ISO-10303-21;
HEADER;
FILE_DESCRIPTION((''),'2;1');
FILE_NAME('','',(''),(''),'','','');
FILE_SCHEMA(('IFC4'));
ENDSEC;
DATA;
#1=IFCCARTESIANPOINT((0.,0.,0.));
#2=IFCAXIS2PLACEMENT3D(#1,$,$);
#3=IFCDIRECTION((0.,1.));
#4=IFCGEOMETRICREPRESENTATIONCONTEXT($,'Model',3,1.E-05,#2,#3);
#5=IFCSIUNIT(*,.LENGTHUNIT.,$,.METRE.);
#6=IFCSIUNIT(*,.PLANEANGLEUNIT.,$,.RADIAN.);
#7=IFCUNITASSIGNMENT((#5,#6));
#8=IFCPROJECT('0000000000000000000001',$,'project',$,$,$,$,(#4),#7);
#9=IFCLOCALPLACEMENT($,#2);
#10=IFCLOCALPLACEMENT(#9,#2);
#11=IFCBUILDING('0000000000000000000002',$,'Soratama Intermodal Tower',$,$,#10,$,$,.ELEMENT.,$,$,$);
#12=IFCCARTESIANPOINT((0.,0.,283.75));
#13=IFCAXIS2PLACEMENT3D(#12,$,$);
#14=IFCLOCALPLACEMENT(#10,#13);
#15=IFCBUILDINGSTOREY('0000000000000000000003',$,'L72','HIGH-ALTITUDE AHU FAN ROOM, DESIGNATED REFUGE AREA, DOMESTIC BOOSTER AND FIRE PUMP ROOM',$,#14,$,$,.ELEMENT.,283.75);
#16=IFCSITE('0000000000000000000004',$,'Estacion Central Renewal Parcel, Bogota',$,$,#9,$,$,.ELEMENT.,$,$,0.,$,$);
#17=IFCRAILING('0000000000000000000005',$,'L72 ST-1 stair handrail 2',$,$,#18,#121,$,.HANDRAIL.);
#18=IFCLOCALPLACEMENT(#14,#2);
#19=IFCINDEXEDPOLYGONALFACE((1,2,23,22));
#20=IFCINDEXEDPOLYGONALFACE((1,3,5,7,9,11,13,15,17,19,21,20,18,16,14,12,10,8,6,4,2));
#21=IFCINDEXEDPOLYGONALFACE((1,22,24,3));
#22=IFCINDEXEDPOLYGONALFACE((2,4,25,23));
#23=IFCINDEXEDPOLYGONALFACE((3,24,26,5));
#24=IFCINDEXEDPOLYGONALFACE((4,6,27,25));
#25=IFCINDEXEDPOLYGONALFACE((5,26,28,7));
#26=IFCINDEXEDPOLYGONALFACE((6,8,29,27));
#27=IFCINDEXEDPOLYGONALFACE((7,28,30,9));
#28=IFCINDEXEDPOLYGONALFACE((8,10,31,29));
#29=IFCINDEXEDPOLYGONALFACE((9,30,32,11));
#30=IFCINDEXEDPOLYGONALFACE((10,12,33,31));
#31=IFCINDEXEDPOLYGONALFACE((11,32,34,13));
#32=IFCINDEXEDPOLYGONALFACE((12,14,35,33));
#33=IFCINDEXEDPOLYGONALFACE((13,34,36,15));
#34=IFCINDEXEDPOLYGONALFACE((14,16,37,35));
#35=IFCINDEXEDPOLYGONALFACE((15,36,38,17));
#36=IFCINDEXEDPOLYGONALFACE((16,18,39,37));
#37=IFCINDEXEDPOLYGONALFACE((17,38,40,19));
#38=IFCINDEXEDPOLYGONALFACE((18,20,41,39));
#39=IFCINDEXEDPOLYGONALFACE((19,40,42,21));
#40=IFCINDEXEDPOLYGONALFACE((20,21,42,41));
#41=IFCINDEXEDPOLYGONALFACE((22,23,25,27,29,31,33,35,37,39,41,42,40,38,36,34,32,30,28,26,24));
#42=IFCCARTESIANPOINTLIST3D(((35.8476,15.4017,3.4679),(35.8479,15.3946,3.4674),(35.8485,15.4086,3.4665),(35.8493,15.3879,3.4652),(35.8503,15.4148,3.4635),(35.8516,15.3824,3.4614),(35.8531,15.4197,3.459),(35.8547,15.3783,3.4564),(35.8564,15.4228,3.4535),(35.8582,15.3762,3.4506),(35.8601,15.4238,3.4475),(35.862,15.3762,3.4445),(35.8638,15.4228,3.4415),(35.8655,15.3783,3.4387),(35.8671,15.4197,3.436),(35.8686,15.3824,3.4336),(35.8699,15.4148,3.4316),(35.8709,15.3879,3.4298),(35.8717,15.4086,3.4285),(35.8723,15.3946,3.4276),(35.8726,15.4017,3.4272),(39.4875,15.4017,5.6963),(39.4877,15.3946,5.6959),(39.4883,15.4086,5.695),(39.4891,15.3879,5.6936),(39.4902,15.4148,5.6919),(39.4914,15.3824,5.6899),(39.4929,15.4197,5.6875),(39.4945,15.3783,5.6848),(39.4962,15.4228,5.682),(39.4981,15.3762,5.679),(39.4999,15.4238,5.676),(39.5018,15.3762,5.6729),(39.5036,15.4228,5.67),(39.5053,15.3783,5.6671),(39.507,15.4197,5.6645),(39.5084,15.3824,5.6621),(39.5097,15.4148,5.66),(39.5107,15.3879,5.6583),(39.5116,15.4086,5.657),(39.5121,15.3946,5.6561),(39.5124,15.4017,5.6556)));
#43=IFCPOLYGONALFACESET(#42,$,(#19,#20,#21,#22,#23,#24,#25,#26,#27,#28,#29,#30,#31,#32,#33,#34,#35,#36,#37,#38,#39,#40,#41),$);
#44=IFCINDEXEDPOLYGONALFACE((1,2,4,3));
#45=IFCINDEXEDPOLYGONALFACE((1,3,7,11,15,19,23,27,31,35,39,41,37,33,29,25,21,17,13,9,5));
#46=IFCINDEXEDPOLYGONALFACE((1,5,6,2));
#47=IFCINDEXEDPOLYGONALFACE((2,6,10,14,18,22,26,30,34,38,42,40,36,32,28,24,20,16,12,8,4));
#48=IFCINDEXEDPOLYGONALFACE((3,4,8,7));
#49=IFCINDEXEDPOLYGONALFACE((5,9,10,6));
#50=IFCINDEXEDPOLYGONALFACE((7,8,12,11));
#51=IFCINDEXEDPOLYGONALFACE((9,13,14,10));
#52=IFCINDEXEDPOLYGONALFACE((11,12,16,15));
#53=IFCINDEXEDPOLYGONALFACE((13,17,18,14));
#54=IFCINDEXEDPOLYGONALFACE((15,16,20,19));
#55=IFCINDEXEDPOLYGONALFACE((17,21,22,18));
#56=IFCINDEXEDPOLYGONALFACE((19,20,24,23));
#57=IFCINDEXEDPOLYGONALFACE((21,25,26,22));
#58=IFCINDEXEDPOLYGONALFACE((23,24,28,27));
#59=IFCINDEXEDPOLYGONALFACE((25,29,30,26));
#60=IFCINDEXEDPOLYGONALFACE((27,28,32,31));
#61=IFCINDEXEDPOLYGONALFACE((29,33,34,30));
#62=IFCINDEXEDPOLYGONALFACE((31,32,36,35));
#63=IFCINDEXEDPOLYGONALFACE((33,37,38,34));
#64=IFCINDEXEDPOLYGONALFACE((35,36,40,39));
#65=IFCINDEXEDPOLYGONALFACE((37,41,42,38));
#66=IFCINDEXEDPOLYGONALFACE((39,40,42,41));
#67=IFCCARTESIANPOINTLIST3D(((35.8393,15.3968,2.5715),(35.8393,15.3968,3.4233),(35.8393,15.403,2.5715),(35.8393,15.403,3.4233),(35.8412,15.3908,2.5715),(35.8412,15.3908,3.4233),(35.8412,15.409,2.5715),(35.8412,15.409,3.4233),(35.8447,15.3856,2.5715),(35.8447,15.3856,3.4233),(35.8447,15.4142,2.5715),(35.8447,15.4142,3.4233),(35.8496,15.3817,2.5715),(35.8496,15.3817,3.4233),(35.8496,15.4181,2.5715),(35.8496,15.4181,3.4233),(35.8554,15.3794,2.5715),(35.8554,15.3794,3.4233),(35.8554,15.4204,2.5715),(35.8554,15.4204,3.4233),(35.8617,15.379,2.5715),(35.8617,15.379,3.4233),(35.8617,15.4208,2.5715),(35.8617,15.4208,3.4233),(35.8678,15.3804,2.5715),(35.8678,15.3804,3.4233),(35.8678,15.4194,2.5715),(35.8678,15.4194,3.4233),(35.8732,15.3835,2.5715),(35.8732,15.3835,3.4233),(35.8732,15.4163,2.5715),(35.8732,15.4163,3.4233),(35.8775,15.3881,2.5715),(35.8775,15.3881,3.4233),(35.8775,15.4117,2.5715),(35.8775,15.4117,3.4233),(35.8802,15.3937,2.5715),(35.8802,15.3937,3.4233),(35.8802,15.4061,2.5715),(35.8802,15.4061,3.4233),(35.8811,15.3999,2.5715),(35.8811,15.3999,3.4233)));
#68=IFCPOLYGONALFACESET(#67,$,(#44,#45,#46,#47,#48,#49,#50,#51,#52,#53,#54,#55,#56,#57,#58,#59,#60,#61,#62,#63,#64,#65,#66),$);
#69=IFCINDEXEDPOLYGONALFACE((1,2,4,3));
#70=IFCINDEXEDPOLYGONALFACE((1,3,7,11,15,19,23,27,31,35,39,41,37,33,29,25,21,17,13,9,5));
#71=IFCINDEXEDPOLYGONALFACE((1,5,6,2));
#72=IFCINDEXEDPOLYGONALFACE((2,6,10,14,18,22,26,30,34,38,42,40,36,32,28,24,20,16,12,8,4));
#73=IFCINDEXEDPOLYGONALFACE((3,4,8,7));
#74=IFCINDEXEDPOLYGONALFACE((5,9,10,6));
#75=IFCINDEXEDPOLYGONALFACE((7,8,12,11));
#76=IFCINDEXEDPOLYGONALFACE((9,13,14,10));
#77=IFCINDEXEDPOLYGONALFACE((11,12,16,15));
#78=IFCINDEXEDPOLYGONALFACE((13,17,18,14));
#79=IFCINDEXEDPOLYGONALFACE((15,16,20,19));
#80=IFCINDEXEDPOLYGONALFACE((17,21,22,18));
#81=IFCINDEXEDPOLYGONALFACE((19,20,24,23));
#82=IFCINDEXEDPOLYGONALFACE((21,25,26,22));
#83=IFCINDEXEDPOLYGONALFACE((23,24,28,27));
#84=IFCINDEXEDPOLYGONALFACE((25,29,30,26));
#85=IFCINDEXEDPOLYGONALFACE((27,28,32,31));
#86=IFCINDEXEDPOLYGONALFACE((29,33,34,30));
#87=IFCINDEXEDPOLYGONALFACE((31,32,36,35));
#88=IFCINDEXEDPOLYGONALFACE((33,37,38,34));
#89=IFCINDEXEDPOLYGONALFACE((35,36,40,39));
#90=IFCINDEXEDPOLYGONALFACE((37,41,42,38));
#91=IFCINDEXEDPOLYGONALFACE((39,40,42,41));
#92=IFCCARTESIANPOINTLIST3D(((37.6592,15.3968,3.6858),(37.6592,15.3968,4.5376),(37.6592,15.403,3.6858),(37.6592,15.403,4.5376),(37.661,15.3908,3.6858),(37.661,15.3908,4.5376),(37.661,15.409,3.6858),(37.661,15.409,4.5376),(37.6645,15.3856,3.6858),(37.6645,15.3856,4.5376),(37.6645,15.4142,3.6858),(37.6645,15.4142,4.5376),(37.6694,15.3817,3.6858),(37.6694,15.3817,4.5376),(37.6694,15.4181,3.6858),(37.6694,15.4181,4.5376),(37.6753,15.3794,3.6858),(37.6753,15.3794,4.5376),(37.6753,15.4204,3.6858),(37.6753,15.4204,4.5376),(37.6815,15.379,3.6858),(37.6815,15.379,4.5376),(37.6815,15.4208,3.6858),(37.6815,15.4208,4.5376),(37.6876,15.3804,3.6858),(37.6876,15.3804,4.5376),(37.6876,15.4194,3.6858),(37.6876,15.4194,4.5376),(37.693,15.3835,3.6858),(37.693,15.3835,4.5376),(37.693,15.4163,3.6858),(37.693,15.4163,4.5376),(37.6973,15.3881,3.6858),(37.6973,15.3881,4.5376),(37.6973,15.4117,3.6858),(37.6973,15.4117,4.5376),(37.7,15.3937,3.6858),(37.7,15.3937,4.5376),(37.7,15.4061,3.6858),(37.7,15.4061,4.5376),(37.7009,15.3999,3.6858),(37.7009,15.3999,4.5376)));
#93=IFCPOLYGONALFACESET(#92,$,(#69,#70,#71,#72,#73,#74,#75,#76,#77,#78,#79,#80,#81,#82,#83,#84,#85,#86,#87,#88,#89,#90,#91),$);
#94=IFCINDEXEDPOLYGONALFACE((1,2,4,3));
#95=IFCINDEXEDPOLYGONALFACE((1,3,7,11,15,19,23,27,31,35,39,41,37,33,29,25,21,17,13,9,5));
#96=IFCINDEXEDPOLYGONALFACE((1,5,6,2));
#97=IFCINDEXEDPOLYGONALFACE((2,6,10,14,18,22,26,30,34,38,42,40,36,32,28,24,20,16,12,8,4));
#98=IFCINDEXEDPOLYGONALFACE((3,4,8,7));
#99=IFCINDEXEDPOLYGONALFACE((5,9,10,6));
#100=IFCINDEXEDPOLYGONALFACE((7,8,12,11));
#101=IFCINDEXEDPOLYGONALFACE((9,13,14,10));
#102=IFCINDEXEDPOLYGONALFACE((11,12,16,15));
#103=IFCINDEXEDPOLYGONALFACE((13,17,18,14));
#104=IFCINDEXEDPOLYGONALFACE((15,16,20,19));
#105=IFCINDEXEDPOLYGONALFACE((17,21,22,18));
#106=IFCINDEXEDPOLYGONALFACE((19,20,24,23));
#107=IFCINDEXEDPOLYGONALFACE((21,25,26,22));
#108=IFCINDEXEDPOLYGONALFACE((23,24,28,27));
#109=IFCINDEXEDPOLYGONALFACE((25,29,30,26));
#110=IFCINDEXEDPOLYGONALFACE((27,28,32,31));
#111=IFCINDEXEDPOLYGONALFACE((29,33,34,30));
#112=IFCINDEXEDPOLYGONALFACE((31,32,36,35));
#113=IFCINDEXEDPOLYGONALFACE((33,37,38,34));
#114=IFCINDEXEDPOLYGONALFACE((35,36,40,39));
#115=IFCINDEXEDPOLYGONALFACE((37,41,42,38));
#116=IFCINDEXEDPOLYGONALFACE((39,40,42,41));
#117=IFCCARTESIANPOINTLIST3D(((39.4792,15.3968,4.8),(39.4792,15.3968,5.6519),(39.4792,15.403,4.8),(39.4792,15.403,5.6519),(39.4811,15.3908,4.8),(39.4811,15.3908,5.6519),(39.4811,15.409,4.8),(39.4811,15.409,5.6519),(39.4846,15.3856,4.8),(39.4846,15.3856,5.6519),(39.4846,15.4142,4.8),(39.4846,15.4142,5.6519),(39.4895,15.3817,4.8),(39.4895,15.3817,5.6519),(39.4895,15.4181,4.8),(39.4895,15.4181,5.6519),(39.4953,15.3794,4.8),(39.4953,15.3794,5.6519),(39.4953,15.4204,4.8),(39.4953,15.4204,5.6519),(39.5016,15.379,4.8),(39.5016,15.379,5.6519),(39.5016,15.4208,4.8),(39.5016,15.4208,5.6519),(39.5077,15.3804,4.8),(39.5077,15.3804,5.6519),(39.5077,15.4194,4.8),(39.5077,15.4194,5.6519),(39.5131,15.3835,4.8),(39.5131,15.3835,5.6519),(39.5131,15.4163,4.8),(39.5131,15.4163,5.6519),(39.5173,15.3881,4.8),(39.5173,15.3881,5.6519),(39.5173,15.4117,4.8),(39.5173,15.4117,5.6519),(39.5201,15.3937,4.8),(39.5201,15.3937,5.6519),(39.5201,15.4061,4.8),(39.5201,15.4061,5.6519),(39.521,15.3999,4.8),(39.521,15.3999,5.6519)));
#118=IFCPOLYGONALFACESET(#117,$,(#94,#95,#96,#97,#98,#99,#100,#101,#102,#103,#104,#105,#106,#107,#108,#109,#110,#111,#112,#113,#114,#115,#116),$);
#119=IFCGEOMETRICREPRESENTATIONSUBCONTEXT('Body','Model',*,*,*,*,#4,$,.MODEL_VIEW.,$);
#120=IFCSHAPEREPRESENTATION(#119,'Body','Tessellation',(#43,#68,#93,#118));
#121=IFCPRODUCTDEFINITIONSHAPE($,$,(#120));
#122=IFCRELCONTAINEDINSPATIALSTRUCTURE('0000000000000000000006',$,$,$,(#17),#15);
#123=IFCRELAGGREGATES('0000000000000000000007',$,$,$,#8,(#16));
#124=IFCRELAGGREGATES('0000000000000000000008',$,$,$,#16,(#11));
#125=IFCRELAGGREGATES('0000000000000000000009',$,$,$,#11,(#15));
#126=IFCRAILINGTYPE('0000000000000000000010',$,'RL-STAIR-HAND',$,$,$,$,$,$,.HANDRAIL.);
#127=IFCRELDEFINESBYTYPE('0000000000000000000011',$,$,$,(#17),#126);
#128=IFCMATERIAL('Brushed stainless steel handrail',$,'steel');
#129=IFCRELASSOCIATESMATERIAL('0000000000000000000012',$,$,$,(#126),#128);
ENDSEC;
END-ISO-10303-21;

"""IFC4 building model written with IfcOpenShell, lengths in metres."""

from ifc_helpers import new_model, si_unit, direction, frame, origin, origin_2d, place, context, subcontext, project, spatial, circle, extrude, material, type_object, element, save


model = new_model("IFC4")

# Units and contexts
model_context = context("Model", 3, precision=1e-05, world=origin(), true_north=direction((0.0, 1.0)))
body_context = subcontext(model_context, "Body", "Model", "MODEL_VIEW")
ifc_project = project(units=[si_unit("LENGTHUNIT", "METRE"), si_unit("PLANEANGLEUNIT", "RADIAN")], contexts=[model_context])

# Site, building, storey
site_placement = place(None, origin())
site = spatial("IfcSite", under=ifc_project, at=site_placement, Name="Estacion Central Renewal Parcel, Bogota", CompositionType="ELEMENT", RefElevation=0.0)
building_placement = place(site_placement, origin())
building = spatial("IfcBuilding", under=site, at=building_placement, Name="Soratama Intermodal Tower", CompositionType="ELEMENT")
storey_placement = place(building_placement, frame((0.0, 0.0, 283.75)))
storey = spatial("IfcBuildingStorey", under=building, at=storey_placement, Name="L72", Description="HIGH-ALTITUDE AHU FAN ROOM, DESIGNATED REFUGE AREA, DOMESTIC BOOSTER AND FIRE PUMP ROOM", CompositionType="ELEMENT", Elevation=283.75)

# Railing
ifc_material_1 = material(Name="Brushed stainless steel handrail", Category="steel")
railing_type_1 = type_object("IfcRailingType", Name="RL-STAIR-HAND", PredefinedType="HANDRAIL", material=ifc_material_1)
railing_1_placement = place(storey_placement, frame((35.8601, 15.3999, 2.5715)))
element("IfcRailing", 1, at=railing_1_placement, inside=storey, type_object=railing_type_1, Name="L72 ST-1 stair handrail 2", PredefinedType="HANDRAIL", context=body_context, shape_type="SweptSolid", body=[
    extrude(circle(Radius=0.0239, at=origin_2d()), frame((0.0, 0.0, 0.876), z_axis=(0.85285, 0.0, 0.522156), x_axis=(0.0, 1.0, 0.0)), (0.0, 0.0, 1.0), 4.2678),
    extrude(circle(Radius=0.021, at=origin_2d()), origin(), (0.0, 0.0, 1.0), 0.8518),
    extrude(circle(Radius=0.021, at=origin_2d()), frame((1.8198, 0.0, 1.1143)), (0.0, 0.0, 1.0), 0.8518),
    extrude(circle(Radius=0.021, at=origin_2d()), frame((3.6399, 0.0, 2.2285)), (0.0, 0.0, 1.0), 0.8518),
])

save(model, "model.ifc")
